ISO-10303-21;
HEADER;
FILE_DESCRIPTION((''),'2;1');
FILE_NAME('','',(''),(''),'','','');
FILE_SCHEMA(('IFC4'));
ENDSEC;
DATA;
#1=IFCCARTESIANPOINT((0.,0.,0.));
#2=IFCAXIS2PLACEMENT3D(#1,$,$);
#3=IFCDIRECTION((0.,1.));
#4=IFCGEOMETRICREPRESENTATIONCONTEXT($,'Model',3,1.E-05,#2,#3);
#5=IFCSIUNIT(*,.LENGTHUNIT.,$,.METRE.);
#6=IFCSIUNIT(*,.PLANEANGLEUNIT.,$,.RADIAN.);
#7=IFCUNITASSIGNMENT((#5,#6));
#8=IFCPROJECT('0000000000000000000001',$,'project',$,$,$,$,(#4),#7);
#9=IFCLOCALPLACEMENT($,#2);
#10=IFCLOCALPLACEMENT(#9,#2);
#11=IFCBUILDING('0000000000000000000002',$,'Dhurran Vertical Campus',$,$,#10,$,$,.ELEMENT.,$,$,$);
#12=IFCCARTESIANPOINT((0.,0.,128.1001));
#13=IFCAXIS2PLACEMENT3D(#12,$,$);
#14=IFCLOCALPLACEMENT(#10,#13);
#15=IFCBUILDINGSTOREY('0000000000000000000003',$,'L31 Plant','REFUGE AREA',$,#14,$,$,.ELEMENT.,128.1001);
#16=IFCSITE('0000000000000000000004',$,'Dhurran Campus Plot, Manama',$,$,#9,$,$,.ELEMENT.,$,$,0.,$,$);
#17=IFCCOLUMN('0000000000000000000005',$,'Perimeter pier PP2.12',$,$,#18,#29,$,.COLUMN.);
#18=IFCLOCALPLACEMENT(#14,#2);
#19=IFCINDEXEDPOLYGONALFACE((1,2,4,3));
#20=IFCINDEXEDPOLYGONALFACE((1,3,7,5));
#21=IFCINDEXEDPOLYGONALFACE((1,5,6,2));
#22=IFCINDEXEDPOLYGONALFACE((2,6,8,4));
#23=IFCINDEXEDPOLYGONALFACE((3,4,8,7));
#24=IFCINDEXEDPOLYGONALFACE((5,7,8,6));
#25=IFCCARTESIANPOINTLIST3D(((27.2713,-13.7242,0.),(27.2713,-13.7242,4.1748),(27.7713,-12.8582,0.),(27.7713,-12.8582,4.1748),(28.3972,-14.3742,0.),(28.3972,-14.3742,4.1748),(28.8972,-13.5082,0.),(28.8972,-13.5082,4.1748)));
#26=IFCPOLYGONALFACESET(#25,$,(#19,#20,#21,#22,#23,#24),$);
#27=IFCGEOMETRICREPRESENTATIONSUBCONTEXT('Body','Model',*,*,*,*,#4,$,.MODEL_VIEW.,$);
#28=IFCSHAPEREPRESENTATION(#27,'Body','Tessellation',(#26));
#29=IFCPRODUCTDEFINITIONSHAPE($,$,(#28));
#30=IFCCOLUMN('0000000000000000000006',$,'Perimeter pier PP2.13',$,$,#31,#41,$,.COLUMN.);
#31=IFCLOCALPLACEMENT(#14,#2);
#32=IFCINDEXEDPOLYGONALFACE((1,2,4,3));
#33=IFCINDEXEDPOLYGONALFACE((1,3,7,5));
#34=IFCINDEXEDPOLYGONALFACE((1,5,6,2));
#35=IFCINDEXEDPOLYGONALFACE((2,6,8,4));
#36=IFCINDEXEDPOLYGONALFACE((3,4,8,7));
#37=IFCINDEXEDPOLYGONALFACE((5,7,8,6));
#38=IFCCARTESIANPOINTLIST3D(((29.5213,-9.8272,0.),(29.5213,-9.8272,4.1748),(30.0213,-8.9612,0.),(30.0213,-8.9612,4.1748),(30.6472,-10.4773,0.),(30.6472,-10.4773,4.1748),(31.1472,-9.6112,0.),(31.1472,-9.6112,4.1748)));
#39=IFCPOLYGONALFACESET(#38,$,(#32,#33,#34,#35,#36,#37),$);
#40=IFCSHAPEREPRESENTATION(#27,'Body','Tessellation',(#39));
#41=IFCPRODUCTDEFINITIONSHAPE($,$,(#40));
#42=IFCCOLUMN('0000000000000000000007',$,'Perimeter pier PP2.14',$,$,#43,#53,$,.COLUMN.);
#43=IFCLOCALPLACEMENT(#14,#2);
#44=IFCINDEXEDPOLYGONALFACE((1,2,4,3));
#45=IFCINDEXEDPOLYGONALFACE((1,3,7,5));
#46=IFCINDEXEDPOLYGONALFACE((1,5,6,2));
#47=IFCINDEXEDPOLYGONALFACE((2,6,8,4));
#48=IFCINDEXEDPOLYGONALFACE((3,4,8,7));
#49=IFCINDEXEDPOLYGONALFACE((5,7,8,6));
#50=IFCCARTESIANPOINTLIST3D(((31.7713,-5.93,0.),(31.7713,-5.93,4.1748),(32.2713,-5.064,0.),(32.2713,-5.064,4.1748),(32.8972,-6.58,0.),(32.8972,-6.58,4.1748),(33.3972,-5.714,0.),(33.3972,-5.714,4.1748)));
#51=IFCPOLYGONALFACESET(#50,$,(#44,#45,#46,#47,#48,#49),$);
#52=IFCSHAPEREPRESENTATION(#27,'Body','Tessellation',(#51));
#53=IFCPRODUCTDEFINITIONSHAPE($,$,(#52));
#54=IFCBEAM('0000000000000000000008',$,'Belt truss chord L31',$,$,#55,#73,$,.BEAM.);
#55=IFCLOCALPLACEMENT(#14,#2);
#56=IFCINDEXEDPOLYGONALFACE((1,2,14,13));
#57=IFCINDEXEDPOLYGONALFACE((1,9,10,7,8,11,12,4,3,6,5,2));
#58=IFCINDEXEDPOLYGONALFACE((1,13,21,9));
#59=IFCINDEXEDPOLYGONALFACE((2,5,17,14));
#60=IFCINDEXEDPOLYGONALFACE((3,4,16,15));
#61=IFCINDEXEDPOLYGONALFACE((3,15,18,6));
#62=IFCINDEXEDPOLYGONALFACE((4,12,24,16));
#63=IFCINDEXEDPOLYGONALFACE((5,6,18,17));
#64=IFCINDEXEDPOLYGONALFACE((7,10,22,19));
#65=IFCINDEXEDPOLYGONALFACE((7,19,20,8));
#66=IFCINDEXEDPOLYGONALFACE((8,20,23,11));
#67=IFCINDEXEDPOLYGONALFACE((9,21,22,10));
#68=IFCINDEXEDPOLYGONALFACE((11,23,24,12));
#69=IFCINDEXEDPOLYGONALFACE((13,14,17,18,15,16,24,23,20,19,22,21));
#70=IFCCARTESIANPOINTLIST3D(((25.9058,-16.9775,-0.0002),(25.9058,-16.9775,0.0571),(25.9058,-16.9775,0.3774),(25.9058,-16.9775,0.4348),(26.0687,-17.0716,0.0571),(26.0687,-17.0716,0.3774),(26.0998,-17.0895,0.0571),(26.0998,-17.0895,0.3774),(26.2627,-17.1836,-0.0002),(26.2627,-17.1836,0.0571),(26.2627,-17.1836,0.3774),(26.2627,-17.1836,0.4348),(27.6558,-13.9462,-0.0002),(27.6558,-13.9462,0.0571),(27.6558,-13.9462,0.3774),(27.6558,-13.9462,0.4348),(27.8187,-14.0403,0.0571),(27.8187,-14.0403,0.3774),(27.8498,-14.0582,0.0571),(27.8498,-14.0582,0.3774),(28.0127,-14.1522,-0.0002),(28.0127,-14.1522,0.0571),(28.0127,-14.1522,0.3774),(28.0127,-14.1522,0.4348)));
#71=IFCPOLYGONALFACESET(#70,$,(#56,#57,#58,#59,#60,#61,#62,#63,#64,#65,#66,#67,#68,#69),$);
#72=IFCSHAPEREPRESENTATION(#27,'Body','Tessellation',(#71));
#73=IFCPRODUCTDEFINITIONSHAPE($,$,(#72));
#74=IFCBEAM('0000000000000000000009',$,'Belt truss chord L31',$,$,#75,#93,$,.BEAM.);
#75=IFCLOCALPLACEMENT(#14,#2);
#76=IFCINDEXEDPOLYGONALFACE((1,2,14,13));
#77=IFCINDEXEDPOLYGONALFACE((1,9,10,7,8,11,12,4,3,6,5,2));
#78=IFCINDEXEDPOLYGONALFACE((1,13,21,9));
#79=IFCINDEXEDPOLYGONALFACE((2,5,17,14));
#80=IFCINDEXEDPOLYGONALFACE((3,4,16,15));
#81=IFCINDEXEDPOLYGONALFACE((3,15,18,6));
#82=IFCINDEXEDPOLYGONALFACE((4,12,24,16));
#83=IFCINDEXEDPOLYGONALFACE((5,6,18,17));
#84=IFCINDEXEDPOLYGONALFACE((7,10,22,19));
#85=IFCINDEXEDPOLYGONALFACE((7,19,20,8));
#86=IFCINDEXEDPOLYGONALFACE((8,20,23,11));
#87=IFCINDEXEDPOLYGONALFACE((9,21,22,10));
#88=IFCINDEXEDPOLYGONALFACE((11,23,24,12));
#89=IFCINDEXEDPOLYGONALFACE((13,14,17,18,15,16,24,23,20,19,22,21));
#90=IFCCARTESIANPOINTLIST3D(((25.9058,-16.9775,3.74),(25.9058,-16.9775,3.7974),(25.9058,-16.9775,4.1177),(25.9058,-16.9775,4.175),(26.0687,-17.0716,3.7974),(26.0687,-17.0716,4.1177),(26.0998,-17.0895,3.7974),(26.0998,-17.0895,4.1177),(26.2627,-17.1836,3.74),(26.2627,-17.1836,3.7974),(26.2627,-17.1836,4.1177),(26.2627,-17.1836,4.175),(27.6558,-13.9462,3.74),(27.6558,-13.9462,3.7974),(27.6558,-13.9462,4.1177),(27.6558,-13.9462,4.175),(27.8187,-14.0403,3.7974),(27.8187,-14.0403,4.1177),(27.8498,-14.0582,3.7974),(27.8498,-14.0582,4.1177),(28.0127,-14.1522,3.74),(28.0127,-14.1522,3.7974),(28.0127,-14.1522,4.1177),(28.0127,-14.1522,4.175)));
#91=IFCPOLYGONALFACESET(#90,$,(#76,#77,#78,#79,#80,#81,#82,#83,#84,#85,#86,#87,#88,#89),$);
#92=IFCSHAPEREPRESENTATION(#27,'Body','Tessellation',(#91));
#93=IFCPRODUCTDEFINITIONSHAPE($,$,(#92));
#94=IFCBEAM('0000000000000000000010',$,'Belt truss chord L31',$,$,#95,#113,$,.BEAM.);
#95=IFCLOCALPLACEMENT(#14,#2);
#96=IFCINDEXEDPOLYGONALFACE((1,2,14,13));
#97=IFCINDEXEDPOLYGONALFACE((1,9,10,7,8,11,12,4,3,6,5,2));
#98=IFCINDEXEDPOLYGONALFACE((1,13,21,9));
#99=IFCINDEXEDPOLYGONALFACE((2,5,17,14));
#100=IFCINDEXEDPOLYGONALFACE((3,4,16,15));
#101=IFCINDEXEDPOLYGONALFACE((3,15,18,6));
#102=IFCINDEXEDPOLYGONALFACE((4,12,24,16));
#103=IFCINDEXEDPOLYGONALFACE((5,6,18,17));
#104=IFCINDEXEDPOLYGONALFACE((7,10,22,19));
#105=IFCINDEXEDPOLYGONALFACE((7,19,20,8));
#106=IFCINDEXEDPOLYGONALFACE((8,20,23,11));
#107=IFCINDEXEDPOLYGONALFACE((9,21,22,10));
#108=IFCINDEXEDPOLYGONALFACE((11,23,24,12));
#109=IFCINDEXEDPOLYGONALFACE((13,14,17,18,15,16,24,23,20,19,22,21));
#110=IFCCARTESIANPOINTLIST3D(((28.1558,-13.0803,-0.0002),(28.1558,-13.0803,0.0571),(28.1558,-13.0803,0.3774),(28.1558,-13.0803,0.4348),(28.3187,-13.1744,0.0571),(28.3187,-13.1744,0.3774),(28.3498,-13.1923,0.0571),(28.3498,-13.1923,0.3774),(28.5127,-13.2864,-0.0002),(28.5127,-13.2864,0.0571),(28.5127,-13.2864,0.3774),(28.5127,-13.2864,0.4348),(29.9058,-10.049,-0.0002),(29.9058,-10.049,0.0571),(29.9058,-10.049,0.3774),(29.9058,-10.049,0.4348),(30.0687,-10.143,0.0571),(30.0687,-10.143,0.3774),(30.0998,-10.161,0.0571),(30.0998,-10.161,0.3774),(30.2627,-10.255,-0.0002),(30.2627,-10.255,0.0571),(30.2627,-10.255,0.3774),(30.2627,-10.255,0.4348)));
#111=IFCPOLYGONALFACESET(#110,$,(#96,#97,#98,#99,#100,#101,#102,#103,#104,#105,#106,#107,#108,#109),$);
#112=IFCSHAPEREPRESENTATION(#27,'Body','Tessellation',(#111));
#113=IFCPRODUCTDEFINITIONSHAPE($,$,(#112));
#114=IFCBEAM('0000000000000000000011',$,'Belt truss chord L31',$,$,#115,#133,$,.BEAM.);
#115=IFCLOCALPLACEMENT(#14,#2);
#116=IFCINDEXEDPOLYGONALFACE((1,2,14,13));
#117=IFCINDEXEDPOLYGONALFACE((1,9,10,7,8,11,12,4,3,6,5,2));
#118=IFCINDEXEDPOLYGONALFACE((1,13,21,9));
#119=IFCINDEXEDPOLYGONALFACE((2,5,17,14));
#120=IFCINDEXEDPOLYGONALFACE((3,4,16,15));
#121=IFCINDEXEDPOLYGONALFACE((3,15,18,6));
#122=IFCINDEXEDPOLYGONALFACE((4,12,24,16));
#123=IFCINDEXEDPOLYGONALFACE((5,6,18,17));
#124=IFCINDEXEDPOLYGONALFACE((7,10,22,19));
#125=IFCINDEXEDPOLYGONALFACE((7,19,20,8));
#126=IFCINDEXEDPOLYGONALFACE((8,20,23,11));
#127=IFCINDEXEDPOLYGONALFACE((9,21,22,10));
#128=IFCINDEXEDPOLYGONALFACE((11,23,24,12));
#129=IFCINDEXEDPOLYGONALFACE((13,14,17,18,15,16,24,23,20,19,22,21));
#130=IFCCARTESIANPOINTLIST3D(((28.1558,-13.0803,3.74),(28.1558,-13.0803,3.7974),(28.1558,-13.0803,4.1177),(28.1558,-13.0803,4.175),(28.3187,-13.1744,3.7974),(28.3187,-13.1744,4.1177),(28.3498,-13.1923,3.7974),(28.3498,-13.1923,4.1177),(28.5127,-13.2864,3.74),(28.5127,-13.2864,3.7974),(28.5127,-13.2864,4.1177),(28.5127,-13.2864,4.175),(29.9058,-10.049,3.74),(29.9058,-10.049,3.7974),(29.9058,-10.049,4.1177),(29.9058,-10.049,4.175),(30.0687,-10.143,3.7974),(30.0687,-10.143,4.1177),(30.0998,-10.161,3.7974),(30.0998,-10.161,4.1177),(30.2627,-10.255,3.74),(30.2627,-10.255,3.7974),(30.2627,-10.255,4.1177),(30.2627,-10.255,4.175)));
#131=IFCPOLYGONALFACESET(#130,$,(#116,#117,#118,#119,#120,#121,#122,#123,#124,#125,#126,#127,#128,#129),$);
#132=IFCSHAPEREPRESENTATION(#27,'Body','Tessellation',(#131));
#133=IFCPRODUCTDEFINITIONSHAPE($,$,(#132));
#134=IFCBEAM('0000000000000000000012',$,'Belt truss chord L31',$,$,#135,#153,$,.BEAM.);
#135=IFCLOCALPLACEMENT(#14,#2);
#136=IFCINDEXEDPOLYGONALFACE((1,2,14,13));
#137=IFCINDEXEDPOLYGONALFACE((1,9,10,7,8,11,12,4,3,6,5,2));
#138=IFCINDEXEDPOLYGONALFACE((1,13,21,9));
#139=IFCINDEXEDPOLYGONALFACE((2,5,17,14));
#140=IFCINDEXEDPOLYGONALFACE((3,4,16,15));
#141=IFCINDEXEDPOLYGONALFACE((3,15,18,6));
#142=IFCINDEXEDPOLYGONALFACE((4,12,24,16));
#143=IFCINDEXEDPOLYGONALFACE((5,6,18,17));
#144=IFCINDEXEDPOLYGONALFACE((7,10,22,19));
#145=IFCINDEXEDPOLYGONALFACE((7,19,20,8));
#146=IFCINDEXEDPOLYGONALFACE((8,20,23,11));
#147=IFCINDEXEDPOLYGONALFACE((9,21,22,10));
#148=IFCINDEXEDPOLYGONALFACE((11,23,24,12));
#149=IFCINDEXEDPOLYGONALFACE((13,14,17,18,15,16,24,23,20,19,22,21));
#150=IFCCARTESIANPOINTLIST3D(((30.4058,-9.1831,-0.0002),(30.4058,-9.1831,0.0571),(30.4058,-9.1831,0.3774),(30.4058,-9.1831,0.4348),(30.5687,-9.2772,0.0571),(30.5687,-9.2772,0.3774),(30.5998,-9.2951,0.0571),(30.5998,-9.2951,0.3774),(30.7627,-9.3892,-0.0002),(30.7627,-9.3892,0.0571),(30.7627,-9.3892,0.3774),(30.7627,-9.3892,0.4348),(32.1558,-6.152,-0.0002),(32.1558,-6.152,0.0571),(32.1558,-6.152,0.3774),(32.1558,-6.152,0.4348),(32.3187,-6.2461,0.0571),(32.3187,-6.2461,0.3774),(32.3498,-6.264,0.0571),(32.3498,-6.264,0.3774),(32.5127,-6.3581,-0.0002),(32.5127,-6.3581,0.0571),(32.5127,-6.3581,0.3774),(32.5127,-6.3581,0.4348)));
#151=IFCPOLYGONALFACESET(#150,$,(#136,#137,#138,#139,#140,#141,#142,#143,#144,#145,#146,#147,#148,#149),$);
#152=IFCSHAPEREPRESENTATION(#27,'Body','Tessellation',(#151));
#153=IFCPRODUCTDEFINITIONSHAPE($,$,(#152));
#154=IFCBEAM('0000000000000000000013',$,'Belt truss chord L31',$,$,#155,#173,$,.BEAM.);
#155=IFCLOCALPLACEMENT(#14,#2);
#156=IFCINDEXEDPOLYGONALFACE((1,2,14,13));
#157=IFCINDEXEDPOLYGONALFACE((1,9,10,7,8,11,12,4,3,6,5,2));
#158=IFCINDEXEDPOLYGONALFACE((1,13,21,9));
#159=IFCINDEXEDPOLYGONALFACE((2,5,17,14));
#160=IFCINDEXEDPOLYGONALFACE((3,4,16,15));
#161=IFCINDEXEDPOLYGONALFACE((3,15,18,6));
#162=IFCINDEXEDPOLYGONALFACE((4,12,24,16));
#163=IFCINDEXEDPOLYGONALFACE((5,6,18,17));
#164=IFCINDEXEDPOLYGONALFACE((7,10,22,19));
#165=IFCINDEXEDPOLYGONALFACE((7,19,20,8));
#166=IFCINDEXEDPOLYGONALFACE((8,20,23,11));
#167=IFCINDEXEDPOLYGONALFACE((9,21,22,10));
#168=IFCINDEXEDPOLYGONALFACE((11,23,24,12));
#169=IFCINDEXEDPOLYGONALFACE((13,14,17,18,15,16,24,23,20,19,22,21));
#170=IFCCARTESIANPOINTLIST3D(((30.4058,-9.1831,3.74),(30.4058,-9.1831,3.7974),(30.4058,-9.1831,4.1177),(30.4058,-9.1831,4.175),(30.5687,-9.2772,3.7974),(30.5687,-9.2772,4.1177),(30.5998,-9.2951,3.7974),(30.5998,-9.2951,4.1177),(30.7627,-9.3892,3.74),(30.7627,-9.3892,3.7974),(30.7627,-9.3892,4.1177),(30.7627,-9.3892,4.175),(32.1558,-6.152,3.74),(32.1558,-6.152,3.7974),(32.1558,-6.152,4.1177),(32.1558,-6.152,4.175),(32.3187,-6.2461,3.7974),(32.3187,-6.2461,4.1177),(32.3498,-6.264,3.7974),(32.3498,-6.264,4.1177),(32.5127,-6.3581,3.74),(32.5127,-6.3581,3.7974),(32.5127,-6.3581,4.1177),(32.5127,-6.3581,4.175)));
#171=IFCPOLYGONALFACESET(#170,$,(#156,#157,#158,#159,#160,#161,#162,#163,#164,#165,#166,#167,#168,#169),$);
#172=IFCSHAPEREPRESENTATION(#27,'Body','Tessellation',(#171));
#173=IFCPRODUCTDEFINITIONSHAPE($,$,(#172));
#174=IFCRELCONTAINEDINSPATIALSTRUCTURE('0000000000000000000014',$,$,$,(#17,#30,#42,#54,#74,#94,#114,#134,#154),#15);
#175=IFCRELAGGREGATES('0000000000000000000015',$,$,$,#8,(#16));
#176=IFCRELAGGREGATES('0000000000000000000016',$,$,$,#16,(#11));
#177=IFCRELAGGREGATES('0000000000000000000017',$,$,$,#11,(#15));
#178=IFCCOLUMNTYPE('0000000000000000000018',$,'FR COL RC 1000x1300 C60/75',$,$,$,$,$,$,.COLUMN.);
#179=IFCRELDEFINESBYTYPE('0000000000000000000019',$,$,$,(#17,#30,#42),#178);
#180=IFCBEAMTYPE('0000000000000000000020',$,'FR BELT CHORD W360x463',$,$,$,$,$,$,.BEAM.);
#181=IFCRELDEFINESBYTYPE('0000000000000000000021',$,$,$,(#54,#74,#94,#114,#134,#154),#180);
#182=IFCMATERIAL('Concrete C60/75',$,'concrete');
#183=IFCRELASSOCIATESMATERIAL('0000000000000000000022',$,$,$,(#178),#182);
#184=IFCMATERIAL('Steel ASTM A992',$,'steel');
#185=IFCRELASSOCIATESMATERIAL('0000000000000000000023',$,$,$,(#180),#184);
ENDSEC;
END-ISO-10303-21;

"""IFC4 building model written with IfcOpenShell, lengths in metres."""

from ifc_helpers import new_model, si_unit, direction, frame, origin, origin_2d, place, context, subcontext, project, spatial, rectangle, i_section, extrude, material, material_profile, profile_set, type_object, element, save


model = new_model("IFC4")

# Units and contexts
model_context = context("Model", 3, precision=1e-05, world=origin(), true_north=direction((0.0, 1.0)))
body_context = subcontext(model_context, "Body", "Model", "MODEL_VIEW")
ifc_project = project(units=[si_unit("LENGTHUNIT", "METRE"), si_unit("PLANEANGLEUNIT", "RADIAN")], contexts=[model_context])

# Site, building, storey
site_placement = place(None, origin())
site = spatial("IfcSite", under=ifc_project, at=site_placement, Name="Dhurran Campus Plot, Manama", CompositionType="ELEMENT", RefElevation=0.0)
building_placement = place(site_placement, origin())
building = spatial("IfcBuilding", under=site, at=building_placement, Name="Dhurran Vertical Campus", CompositionType="ELEMENT")
storey_placement = place(building_placement, frame((0.0, 0.0, 128.1001)))
storey = spatial("IfcBuildingStorey", under=building, at=storey_placement, Name="L31 Plant", Description="REFUGE AREA", CompositionType="ELEMENT", Elevation=128.1001)

# Columns
ifc_material_1 = material(Name="Concrete C60/75", Category="concrete")
ifc_material_profile_1 = material_profile(ifc_material_1, rectangle(XDim=1.0, YDim=1.3, at=origin_2d()), Name="RC 1000x1300")
ifc_profile_set_1 = profile_set([ifc_material_profile_1], Name="Concrete C60/75")
column_type = type_object("IfcColumnType", Name="FR COL RC 1000x1300 C60/75", PredefinedType="COLUMN", material=ifc_profile_set_1)
for number, where, z_axis, x_axis, name in (
    (1, (28.0842, -13.6162, 0.0), (0.0, 0.0, 1.0), (0.5, 0.866025, 0.0), "Perimeter pier PP2.12"),
    (2, (30.3342, -9.7192, 0.0), (0.0, 0.0, 1.0), (0.5, 0.866025, 0.0), "Perimeter pier PP2.13"),
    (3, (32.5842, -5.822, 0.0), (0.0, 0.0, 1.0), (0.5, 0.866025, 0.0), "Perimeter pier PP2.14"),
):
    element("IfcColumn", number, at=place(storey_placement, frame(where, z_axis=z_axis, x_axis=x_axis)), inside=storey, type_object=column_type, Name=name, PredefinedType="COLUMN", context=body_context, shape_type="SweptSolid", body=[
        extrude(rectangle(XDim=1.0, YDim=1.3, at=origin_2d()), origin(), (0.0, 0.0, 1.0), 4.1748),
    ])

# Beams
ifc_material_2 = material(Name="Steel ASTM A992", Category="steel")
ifc_material_profile_2 = material_profile(ifc_material_2, i_section(OverallWidth=0.4121, OverallDepth=0.4351, WebThickness=0.0359, FlangeThickness=0.0574, at=origin_2d()), Name="W360x463")
ifc_profile_set_2 = profile_set([ifc_material_profile_2], Name="Steel ASTM A992")
beam_type = type_object("IfcBeamType", Name="FR BELT CHORD W360x463", PredefinedType="BEAM", material=ifc_profile_set_2)
for number, where, z_axis, x_axis, name in (
    (4, (26.0842, -17.0806, 0.2173), (0.49998, 0.866037, 0.0), (-0.866037, 0.49998, 0.0), "Belt truss chord L31"),
    (5, (26.0842, -17.0806, 3.9575), (0.49998, 0.866037, 0.0), (-0.866037, 0.49998, 0.0), "Belt truss chord L31"),
    (6, (28.3342, -13.1833, 0.2173), (0.49998, 0.866037, 0.0), (-0.866037, 0.49998, 0.0), "Belt truss chord L31"),
    (7, (28.3342, -13.1833, 3.9575), (0.49998, 0.866037, 0.0), (-0.866037, 0.49998, 0.0), "Belt truss chord L31"),
):
    element("IfcBeam", number, at=place(storey_placement, frame(where, z_axis=z_axis, x_axis=x_axis)), inside=storey, type_object=beam_type, Name=name, PredefinedType="BEAM", context=body_context, shape_type="SweptSolid", body=[
        extrude(i_section(OverallWidth=0.4121, OverallDepth=0.4351, WebThickness=0.0359, FlangeThickness=0.0574, at=origin_2d()), origin(), (0.0, 0.0, 1.0), 3.5002),
    ])
for number, where, z_axis, x_axis, name in (
    (8, (30.5842, -9.2861, 0.2173), (0.50001, 0.866019, 0.0), (-0.866019, 0.50001, 0.0), "Belt truss chord L31"),
    (9, (30.5842, -9.2861, 3.9575), (0.50001, 0.866019, 0.0), (-0.866019, 0.50001, 0.0), "Belt truss chord L31"),
):
    element("IfcBeam", number, at=place(storey_placement, frame(where, z_axis=z_axis, x_axis=x_axis)), inside=storey, type_object=beam_type, Name=name, PredefinedType="BEAM", context=body_context, shape_type="SweptSolid", body=[
        extrude(i_section(OverallWidth=0.4121, OverallDepth=0.4351, WebThickness=0.0359, FlangeThickness=0.0574, at=origin_2d()), origin(), (0.0, 0.0, 1.0), 3.5),
    ])

save(model, "model.ifc")
